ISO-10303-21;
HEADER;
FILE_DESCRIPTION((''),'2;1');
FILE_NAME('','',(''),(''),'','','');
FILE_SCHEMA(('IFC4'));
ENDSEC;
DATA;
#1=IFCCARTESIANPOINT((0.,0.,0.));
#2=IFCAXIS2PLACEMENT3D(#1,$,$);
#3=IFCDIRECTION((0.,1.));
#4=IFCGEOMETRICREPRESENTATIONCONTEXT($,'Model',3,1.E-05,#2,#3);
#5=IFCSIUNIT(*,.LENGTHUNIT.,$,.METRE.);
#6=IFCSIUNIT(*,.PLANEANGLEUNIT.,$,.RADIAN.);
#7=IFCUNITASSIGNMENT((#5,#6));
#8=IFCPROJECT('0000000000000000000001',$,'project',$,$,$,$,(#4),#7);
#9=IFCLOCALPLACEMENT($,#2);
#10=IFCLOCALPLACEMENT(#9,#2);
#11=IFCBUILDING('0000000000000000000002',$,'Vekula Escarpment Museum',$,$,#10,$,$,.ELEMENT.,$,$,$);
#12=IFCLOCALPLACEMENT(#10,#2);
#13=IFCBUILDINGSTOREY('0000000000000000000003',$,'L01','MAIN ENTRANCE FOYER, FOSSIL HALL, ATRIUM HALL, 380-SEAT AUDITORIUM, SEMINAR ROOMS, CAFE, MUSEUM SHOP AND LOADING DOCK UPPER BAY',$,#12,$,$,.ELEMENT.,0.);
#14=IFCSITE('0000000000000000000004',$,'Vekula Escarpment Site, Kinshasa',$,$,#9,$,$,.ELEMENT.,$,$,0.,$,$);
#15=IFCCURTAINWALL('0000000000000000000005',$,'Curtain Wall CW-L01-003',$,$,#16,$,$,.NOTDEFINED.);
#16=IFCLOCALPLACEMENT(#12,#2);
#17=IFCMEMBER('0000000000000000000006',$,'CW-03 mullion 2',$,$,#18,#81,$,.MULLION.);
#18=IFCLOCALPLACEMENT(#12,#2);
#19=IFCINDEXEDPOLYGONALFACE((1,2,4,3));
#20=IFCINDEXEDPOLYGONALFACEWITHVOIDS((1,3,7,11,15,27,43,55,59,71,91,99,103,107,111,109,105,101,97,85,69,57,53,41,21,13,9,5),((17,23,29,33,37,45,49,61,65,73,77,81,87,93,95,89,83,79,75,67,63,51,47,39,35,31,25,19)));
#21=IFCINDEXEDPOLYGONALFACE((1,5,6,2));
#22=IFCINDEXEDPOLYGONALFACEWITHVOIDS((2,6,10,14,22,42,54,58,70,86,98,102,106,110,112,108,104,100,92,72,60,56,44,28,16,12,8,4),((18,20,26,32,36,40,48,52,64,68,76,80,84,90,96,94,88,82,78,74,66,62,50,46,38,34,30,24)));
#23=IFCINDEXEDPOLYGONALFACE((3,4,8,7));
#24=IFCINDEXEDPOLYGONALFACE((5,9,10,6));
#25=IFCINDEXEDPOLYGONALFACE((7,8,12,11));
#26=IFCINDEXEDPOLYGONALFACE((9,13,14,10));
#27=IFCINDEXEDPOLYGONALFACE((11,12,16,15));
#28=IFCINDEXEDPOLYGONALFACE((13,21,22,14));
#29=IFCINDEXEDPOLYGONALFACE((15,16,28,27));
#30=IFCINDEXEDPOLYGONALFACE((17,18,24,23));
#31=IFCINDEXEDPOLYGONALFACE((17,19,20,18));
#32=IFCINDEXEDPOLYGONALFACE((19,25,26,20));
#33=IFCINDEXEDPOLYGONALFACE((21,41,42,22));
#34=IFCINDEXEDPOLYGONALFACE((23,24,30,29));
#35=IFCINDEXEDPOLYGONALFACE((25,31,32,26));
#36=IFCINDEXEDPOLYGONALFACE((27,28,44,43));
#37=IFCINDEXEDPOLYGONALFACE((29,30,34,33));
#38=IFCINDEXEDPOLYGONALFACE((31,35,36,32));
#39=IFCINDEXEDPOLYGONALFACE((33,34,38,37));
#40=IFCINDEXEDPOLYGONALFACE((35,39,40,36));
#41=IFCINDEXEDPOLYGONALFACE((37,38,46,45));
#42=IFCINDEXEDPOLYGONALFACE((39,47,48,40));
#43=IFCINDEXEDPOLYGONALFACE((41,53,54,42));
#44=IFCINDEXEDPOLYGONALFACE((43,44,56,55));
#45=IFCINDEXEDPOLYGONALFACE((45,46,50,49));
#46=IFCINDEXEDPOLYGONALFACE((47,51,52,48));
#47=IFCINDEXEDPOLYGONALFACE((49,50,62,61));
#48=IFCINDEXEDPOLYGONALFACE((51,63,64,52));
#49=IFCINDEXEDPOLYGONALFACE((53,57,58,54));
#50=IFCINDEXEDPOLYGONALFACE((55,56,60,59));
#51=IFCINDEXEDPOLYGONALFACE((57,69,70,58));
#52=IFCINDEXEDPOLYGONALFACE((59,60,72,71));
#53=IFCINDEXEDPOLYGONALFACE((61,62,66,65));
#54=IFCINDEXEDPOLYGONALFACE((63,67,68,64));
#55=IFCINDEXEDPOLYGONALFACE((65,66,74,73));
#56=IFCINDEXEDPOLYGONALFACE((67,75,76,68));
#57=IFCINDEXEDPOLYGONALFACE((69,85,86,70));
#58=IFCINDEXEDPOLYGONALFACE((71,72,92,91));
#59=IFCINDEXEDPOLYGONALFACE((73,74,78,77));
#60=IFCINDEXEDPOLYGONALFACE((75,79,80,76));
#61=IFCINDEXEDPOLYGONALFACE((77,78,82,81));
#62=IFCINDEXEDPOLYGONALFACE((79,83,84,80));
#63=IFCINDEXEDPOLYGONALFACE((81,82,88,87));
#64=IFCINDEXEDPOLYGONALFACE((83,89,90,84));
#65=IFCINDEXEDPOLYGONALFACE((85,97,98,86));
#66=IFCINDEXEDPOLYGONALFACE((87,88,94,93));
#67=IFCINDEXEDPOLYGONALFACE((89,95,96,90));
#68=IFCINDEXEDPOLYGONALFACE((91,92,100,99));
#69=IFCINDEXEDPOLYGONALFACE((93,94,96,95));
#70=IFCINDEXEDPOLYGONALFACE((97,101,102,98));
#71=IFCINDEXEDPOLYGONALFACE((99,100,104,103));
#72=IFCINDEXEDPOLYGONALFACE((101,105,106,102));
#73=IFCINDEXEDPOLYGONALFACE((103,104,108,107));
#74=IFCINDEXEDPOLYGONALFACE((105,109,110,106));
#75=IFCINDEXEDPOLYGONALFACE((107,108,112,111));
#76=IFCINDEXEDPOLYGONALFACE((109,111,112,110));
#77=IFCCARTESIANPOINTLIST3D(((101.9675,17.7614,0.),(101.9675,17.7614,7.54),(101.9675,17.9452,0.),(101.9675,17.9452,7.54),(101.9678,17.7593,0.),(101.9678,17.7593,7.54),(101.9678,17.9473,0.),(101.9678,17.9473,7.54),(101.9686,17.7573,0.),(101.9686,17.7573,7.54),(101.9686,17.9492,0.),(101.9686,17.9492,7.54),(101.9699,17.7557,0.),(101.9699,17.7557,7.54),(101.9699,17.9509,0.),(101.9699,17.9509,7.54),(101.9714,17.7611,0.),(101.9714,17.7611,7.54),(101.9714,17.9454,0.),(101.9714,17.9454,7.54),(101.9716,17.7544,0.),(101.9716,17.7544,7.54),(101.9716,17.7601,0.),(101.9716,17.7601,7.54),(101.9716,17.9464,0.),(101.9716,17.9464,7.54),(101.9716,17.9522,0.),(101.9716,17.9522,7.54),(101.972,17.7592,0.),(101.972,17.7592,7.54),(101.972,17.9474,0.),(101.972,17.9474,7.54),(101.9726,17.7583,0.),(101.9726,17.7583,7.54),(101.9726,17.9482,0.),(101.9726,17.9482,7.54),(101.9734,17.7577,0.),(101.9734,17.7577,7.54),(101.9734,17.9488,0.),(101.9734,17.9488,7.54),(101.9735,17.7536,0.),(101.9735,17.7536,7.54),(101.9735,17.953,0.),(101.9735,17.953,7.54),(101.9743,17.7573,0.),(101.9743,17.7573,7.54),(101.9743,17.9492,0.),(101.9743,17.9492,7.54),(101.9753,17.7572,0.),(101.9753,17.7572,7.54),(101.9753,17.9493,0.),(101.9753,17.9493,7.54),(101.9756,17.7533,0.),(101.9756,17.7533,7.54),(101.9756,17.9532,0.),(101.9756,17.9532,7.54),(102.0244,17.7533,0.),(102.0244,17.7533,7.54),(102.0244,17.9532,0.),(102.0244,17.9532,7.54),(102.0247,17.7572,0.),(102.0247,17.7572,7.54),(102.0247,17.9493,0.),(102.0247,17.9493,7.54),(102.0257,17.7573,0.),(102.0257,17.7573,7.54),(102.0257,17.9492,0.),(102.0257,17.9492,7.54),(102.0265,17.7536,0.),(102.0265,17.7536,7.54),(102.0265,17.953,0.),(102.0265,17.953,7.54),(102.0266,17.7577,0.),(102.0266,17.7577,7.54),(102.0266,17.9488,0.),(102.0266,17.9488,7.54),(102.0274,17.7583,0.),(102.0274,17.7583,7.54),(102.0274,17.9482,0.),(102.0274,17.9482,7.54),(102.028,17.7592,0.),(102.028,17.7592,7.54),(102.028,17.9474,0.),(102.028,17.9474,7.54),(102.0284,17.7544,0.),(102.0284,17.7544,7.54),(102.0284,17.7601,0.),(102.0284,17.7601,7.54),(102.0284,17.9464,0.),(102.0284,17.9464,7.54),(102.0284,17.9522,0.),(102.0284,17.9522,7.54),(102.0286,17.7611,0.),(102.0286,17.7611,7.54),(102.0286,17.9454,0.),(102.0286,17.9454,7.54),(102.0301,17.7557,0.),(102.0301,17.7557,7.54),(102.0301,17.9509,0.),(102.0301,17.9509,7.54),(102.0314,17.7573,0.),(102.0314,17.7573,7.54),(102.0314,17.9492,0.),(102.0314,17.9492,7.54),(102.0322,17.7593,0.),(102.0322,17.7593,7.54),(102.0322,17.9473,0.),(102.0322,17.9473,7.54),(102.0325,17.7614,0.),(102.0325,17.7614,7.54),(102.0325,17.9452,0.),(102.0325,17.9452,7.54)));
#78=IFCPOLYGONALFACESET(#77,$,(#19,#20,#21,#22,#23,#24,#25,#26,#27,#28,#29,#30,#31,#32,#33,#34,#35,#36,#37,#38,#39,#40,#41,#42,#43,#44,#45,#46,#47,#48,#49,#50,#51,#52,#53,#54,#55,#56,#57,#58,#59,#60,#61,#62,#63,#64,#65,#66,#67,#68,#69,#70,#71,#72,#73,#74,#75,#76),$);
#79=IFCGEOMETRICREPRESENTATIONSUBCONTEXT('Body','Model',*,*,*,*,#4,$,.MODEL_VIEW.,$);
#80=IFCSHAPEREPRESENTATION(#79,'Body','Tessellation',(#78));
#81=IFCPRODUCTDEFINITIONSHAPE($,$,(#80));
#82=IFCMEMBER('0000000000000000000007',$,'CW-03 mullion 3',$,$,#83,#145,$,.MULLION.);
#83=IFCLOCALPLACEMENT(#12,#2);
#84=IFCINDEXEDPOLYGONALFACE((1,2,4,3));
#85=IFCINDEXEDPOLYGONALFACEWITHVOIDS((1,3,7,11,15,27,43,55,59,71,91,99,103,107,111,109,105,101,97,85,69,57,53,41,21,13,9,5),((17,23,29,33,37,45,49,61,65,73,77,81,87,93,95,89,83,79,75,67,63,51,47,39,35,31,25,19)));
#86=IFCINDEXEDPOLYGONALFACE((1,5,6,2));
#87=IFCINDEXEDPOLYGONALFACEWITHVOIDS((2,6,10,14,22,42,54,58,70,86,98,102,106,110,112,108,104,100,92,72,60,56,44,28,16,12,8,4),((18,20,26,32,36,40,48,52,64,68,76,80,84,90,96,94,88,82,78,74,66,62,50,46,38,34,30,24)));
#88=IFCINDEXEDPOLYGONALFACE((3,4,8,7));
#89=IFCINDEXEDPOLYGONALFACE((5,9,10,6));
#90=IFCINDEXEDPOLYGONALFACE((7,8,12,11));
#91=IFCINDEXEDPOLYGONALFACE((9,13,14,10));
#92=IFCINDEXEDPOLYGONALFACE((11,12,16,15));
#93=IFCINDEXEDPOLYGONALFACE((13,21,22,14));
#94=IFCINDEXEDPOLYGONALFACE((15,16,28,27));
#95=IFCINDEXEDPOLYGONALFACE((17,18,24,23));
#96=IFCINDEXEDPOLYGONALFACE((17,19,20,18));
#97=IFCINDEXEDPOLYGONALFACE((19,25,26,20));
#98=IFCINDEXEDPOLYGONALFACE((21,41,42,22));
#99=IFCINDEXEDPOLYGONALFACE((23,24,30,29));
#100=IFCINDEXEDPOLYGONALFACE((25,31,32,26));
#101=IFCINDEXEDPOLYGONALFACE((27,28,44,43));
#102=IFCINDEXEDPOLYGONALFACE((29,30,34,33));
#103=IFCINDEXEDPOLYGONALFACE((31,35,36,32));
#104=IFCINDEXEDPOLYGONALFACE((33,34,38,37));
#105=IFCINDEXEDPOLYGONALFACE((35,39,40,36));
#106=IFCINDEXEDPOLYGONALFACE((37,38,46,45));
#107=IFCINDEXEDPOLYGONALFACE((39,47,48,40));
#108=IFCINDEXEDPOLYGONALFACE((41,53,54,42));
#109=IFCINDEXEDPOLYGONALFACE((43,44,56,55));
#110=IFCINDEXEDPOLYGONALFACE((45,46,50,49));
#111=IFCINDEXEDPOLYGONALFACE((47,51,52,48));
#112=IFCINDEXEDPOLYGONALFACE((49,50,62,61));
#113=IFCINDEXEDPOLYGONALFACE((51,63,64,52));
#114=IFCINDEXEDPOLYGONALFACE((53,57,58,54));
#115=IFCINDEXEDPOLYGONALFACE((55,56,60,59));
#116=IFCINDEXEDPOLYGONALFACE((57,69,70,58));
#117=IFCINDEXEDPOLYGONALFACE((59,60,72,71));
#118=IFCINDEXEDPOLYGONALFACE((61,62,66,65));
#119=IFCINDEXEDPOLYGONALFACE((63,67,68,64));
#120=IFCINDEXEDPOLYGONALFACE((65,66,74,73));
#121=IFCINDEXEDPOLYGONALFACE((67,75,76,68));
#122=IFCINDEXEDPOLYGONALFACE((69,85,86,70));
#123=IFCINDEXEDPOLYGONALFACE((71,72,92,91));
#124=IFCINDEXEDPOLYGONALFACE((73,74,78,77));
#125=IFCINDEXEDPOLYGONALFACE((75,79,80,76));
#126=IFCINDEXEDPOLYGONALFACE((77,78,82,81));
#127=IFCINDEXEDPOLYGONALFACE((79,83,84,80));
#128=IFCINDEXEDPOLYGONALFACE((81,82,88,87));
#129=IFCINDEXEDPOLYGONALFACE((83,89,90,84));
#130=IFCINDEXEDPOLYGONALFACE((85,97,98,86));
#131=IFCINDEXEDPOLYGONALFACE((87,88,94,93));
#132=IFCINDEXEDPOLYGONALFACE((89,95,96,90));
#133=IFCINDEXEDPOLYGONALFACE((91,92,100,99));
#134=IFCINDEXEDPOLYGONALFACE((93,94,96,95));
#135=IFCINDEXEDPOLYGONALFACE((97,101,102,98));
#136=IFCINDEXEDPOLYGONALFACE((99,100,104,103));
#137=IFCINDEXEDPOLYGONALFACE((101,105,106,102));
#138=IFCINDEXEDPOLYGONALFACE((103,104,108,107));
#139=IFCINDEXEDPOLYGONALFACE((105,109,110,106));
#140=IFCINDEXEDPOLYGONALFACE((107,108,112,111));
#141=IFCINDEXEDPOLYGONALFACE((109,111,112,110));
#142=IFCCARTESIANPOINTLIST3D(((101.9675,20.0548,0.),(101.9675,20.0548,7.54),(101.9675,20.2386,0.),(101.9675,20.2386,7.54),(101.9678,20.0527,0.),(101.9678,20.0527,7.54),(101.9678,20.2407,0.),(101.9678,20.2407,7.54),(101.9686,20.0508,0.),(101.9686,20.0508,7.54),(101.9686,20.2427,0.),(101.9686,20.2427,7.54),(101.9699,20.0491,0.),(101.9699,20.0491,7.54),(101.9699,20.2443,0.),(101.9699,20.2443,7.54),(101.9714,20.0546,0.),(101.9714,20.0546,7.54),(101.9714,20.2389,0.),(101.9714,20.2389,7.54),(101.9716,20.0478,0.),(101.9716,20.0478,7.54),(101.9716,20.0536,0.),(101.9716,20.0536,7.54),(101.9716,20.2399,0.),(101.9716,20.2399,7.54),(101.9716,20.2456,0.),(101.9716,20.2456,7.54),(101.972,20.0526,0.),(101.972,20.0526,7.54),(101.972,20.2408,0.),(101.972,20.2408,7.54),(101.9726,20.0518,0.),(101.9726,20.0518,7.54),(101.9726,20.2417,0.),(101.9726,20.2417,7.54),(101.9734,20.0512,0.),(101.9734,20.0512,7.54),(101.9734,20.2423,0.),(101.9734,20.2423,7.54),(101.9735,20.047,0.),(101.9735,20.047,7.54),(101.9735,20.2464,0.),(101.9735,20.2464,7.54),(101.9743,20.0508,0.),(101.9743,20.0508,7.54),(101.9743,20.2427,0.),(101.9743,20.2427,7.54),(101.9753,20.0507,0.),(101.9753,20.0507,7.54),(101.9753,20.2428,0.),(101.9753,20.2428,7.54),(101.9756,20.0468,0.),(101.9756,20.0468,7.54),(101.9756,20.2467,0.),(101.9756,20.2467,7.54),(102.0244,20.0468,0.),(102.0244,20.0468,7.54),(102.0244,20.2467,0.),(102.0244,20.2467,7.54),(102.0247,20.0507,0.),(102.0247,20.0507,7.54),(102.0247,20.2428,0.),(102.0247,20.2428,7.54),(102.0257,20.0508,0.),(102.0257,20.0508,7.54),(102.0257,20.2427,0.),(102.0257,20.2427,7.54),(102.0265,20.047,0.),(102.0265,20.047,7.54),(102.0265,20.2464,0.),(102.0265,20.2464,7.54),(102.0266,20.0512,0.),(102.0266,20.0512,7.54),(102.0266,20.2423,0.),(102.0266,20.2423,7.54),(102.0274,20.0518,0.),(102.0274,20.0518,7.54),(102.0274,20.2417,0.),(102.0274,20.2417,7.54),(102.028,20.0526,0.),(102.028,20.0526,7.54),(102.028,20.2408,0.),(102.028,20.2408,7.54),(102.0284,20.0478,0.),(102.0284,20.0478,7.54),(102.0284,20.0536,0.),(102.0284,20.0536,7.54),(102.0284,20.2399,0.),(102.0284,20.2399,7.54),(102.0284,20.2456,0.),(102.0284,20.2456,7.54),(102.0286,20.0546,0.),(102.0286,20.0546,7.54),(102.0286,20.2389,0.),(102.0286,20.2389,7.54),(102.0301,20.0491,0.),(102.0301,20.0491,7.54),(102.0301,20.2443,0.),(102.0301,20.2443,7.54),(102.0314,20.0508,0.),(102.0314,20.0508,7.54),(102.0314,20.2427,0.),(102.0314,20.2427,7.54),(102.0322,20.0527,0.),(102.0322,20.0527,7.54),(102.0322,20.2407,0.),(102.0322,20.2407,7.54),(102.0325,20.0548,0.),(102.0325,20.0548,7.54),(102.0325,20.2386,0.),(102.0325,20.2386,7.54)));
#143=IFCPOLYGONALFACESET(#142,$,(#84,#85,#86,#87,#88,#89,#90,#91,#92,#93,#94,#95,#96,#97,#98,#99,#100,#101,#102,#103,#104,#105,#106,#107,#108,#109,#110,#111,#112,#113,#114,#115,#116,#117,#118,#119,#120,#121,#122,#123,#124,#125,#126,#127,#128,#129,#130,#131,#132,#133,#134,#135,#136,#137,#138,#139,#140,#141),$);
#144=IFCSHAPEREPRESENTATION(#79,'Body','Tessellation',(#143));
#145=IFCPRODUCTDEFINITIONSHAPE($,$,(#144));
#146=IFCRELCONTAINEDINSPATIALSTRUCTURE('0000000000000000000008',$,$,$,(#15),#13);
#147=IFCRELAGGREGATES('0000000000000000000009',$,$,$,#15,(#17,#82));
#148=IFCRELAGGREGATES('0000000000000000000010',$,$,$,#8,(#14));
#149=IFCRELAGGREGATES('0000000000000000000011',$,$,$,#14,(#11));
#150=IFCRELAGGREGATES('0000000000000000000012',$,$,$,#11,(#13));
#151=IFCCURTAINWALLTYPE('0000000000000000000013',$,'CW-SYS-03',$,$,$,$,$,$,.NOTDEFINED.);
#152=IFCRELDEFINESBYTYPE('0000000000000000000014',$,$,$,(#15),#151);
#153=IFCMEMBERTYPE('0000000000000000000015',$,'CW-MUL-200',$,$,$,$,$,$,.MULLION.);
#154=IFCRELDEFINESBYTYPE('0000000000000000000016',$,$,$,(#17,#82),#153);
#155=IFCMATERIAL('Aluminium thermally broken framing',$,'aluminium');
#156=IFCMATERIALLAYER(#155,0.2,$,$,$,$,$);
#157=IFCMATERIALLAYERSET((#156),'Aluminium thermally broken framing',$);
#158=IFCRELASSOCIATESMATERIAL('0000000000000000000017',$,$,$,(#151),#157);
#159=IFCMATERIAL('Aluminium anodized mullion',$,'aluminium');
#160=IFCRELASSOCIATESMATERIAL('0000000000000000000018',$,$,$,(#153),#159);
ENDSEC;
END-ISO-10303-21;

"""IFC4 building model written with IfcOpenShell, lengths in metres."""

from ifc_helpers import new_model, si_unit, direction, frame, origin, origin_2d, place, context, subcontext, project, spatial, hollow_rectangle, extrude, material, layer, layer_set, material_profile, profile_set, type_object, element, aggregate, save


model = new_model("IFC4")

# Units and contexts
model_context = context("Model", 3, precision=1e-05, world=origin(), true_north=direction((0.0, 1.0)))
body_context = subcontext(model_context, "Body", "Model", "MODEL_VIEW")
ifc_project = project(units=[si_unit("LENGTHUNIT", "METRE"), si_unit("PLANEANGLEUNIT", "RADIAN")], contexts=[model_context])

# Site, building, storey
site_placement = place(None, origin())
site = spatial("IfcSite", under=ifc_project, at=site_placement, Name="Vekula Escarpment Site, Kinshasa", CompositionType="ELEMENT", RefElevation=0.0)
building_placement = place(site_placement, origin())
building = spatial("IfcBuilding", under=site, at=building_placement, Name="Vekula Escarpment Museum", CompositionType="ELEMENT")
storey_placement = place(building_placement, origin())
storey = spatial("IfcBuildingStorey", under=building, at=storey_placement, Name="L01", Description="MAIN ENTRANCE FOYER, FOSSIL HALL, ATRIUM HALL, 380-SEAT AUDITORIUM, SEMINAR ROOMS, CAFE, MUSEUM SHOP AND LOADING DOCK UPPER BAY", CompositionType="ELEMENT", Elevation=0.0)

# Curtain wall, members
ifc_material_1 = material(Name="Aluminium thermally broken framing", Category="aluminium")
ifc_layer_1 = layer(ifc_material_1, 0.2)
ifc_layer_set_1 = layer_set([ifc_layer_1], Name="Aluminium thermally broken framing")
curtain_wall_type_1 = type_object("IfcCurtainWallType", Name="CW-SYS-03", PredefinedType="NOTDEFINED", material=ifc_layer_set_1)
curtain_wall_1_placement = place(storey_placement, origin())
curtain_wall_1 = element("IfcCurtainWall", 1, at=curtain_wall_1_placement, inside=storey, type_object=curtain_wall_type_1, Name="Curtain Wall CW-L01-003", PredefinedType="NOTDEFINED")
ifc_material_2 = material(Name="Aluminium anodized mullion", Category="aluminium")
ifc_material_profile_1 = material_profile(ifc_material_2, hollow_rectangle(XDim=0.0649, YDim=0.2, WallThickness=0.0039, InnerFilletRadius=0.0039, OuterFilletRadius=0.0081, at=origin_2d()), Name="ALU 200x65x4")
ifc_profile_set_1 = profile_set([ifc_material_profile_1], Name="Aluminium anodized mullion")
member_type_1 = type_object("IfcMemberType", Name="CW-MUL-200", PredefinedType="MULLION", material=ifc_profile_set_1)
member_1_placement = place(storey_placement, frame((102.0, 17.8533, 0.0), z_axis=(0.0, 0.0, 1.0), x_axis=(-1.0, 0.0, 0.0)))
member_1 = element("IfcMember", 2, at=member_1_placement, type_object=member_type_1, Name="CW-03 mullion 2", PredefinedType="MULLION", context=body_context, shape_type="SweptSolid", body=[
    extrude(hollow_rectangle(XDim=0.0649, YDim=0.2, WallThickness=0.0039, InnerFilletRadius=0.0039, OuterFilletRadius=0.0081, at=origin_2d()), origin(), (0.0, 0.0, 1.0), 7.54),
])
member_2_placement = place(storey_placement, frame((102.0, 20.1467, 0.0), z_axis=(0.0, 0.0, 1.0), x_axis=(-1.0, 0.0, 0.0)))
member_2 = element("IfcMember", 3, at=member_2_placement, type_object=member_type_1, Name="CW-03 mullion 3", PredefinedType="MULLION", context=body_context, shape_type="SweptSolid", body=[
    extrude(hollow_rectangle(XDim=0.0649, YDim=0.2, WallThickness=0.0039, InnerFilletRadius=0.0039, OuterFilletRadius=0.0081, at=origin_2d()), origin(), (0.0, 0.0, 1.0), 7.54),
])

aggregate(curtain_wall_1, [member_1, member_2])

save(model, "model.ifc")
